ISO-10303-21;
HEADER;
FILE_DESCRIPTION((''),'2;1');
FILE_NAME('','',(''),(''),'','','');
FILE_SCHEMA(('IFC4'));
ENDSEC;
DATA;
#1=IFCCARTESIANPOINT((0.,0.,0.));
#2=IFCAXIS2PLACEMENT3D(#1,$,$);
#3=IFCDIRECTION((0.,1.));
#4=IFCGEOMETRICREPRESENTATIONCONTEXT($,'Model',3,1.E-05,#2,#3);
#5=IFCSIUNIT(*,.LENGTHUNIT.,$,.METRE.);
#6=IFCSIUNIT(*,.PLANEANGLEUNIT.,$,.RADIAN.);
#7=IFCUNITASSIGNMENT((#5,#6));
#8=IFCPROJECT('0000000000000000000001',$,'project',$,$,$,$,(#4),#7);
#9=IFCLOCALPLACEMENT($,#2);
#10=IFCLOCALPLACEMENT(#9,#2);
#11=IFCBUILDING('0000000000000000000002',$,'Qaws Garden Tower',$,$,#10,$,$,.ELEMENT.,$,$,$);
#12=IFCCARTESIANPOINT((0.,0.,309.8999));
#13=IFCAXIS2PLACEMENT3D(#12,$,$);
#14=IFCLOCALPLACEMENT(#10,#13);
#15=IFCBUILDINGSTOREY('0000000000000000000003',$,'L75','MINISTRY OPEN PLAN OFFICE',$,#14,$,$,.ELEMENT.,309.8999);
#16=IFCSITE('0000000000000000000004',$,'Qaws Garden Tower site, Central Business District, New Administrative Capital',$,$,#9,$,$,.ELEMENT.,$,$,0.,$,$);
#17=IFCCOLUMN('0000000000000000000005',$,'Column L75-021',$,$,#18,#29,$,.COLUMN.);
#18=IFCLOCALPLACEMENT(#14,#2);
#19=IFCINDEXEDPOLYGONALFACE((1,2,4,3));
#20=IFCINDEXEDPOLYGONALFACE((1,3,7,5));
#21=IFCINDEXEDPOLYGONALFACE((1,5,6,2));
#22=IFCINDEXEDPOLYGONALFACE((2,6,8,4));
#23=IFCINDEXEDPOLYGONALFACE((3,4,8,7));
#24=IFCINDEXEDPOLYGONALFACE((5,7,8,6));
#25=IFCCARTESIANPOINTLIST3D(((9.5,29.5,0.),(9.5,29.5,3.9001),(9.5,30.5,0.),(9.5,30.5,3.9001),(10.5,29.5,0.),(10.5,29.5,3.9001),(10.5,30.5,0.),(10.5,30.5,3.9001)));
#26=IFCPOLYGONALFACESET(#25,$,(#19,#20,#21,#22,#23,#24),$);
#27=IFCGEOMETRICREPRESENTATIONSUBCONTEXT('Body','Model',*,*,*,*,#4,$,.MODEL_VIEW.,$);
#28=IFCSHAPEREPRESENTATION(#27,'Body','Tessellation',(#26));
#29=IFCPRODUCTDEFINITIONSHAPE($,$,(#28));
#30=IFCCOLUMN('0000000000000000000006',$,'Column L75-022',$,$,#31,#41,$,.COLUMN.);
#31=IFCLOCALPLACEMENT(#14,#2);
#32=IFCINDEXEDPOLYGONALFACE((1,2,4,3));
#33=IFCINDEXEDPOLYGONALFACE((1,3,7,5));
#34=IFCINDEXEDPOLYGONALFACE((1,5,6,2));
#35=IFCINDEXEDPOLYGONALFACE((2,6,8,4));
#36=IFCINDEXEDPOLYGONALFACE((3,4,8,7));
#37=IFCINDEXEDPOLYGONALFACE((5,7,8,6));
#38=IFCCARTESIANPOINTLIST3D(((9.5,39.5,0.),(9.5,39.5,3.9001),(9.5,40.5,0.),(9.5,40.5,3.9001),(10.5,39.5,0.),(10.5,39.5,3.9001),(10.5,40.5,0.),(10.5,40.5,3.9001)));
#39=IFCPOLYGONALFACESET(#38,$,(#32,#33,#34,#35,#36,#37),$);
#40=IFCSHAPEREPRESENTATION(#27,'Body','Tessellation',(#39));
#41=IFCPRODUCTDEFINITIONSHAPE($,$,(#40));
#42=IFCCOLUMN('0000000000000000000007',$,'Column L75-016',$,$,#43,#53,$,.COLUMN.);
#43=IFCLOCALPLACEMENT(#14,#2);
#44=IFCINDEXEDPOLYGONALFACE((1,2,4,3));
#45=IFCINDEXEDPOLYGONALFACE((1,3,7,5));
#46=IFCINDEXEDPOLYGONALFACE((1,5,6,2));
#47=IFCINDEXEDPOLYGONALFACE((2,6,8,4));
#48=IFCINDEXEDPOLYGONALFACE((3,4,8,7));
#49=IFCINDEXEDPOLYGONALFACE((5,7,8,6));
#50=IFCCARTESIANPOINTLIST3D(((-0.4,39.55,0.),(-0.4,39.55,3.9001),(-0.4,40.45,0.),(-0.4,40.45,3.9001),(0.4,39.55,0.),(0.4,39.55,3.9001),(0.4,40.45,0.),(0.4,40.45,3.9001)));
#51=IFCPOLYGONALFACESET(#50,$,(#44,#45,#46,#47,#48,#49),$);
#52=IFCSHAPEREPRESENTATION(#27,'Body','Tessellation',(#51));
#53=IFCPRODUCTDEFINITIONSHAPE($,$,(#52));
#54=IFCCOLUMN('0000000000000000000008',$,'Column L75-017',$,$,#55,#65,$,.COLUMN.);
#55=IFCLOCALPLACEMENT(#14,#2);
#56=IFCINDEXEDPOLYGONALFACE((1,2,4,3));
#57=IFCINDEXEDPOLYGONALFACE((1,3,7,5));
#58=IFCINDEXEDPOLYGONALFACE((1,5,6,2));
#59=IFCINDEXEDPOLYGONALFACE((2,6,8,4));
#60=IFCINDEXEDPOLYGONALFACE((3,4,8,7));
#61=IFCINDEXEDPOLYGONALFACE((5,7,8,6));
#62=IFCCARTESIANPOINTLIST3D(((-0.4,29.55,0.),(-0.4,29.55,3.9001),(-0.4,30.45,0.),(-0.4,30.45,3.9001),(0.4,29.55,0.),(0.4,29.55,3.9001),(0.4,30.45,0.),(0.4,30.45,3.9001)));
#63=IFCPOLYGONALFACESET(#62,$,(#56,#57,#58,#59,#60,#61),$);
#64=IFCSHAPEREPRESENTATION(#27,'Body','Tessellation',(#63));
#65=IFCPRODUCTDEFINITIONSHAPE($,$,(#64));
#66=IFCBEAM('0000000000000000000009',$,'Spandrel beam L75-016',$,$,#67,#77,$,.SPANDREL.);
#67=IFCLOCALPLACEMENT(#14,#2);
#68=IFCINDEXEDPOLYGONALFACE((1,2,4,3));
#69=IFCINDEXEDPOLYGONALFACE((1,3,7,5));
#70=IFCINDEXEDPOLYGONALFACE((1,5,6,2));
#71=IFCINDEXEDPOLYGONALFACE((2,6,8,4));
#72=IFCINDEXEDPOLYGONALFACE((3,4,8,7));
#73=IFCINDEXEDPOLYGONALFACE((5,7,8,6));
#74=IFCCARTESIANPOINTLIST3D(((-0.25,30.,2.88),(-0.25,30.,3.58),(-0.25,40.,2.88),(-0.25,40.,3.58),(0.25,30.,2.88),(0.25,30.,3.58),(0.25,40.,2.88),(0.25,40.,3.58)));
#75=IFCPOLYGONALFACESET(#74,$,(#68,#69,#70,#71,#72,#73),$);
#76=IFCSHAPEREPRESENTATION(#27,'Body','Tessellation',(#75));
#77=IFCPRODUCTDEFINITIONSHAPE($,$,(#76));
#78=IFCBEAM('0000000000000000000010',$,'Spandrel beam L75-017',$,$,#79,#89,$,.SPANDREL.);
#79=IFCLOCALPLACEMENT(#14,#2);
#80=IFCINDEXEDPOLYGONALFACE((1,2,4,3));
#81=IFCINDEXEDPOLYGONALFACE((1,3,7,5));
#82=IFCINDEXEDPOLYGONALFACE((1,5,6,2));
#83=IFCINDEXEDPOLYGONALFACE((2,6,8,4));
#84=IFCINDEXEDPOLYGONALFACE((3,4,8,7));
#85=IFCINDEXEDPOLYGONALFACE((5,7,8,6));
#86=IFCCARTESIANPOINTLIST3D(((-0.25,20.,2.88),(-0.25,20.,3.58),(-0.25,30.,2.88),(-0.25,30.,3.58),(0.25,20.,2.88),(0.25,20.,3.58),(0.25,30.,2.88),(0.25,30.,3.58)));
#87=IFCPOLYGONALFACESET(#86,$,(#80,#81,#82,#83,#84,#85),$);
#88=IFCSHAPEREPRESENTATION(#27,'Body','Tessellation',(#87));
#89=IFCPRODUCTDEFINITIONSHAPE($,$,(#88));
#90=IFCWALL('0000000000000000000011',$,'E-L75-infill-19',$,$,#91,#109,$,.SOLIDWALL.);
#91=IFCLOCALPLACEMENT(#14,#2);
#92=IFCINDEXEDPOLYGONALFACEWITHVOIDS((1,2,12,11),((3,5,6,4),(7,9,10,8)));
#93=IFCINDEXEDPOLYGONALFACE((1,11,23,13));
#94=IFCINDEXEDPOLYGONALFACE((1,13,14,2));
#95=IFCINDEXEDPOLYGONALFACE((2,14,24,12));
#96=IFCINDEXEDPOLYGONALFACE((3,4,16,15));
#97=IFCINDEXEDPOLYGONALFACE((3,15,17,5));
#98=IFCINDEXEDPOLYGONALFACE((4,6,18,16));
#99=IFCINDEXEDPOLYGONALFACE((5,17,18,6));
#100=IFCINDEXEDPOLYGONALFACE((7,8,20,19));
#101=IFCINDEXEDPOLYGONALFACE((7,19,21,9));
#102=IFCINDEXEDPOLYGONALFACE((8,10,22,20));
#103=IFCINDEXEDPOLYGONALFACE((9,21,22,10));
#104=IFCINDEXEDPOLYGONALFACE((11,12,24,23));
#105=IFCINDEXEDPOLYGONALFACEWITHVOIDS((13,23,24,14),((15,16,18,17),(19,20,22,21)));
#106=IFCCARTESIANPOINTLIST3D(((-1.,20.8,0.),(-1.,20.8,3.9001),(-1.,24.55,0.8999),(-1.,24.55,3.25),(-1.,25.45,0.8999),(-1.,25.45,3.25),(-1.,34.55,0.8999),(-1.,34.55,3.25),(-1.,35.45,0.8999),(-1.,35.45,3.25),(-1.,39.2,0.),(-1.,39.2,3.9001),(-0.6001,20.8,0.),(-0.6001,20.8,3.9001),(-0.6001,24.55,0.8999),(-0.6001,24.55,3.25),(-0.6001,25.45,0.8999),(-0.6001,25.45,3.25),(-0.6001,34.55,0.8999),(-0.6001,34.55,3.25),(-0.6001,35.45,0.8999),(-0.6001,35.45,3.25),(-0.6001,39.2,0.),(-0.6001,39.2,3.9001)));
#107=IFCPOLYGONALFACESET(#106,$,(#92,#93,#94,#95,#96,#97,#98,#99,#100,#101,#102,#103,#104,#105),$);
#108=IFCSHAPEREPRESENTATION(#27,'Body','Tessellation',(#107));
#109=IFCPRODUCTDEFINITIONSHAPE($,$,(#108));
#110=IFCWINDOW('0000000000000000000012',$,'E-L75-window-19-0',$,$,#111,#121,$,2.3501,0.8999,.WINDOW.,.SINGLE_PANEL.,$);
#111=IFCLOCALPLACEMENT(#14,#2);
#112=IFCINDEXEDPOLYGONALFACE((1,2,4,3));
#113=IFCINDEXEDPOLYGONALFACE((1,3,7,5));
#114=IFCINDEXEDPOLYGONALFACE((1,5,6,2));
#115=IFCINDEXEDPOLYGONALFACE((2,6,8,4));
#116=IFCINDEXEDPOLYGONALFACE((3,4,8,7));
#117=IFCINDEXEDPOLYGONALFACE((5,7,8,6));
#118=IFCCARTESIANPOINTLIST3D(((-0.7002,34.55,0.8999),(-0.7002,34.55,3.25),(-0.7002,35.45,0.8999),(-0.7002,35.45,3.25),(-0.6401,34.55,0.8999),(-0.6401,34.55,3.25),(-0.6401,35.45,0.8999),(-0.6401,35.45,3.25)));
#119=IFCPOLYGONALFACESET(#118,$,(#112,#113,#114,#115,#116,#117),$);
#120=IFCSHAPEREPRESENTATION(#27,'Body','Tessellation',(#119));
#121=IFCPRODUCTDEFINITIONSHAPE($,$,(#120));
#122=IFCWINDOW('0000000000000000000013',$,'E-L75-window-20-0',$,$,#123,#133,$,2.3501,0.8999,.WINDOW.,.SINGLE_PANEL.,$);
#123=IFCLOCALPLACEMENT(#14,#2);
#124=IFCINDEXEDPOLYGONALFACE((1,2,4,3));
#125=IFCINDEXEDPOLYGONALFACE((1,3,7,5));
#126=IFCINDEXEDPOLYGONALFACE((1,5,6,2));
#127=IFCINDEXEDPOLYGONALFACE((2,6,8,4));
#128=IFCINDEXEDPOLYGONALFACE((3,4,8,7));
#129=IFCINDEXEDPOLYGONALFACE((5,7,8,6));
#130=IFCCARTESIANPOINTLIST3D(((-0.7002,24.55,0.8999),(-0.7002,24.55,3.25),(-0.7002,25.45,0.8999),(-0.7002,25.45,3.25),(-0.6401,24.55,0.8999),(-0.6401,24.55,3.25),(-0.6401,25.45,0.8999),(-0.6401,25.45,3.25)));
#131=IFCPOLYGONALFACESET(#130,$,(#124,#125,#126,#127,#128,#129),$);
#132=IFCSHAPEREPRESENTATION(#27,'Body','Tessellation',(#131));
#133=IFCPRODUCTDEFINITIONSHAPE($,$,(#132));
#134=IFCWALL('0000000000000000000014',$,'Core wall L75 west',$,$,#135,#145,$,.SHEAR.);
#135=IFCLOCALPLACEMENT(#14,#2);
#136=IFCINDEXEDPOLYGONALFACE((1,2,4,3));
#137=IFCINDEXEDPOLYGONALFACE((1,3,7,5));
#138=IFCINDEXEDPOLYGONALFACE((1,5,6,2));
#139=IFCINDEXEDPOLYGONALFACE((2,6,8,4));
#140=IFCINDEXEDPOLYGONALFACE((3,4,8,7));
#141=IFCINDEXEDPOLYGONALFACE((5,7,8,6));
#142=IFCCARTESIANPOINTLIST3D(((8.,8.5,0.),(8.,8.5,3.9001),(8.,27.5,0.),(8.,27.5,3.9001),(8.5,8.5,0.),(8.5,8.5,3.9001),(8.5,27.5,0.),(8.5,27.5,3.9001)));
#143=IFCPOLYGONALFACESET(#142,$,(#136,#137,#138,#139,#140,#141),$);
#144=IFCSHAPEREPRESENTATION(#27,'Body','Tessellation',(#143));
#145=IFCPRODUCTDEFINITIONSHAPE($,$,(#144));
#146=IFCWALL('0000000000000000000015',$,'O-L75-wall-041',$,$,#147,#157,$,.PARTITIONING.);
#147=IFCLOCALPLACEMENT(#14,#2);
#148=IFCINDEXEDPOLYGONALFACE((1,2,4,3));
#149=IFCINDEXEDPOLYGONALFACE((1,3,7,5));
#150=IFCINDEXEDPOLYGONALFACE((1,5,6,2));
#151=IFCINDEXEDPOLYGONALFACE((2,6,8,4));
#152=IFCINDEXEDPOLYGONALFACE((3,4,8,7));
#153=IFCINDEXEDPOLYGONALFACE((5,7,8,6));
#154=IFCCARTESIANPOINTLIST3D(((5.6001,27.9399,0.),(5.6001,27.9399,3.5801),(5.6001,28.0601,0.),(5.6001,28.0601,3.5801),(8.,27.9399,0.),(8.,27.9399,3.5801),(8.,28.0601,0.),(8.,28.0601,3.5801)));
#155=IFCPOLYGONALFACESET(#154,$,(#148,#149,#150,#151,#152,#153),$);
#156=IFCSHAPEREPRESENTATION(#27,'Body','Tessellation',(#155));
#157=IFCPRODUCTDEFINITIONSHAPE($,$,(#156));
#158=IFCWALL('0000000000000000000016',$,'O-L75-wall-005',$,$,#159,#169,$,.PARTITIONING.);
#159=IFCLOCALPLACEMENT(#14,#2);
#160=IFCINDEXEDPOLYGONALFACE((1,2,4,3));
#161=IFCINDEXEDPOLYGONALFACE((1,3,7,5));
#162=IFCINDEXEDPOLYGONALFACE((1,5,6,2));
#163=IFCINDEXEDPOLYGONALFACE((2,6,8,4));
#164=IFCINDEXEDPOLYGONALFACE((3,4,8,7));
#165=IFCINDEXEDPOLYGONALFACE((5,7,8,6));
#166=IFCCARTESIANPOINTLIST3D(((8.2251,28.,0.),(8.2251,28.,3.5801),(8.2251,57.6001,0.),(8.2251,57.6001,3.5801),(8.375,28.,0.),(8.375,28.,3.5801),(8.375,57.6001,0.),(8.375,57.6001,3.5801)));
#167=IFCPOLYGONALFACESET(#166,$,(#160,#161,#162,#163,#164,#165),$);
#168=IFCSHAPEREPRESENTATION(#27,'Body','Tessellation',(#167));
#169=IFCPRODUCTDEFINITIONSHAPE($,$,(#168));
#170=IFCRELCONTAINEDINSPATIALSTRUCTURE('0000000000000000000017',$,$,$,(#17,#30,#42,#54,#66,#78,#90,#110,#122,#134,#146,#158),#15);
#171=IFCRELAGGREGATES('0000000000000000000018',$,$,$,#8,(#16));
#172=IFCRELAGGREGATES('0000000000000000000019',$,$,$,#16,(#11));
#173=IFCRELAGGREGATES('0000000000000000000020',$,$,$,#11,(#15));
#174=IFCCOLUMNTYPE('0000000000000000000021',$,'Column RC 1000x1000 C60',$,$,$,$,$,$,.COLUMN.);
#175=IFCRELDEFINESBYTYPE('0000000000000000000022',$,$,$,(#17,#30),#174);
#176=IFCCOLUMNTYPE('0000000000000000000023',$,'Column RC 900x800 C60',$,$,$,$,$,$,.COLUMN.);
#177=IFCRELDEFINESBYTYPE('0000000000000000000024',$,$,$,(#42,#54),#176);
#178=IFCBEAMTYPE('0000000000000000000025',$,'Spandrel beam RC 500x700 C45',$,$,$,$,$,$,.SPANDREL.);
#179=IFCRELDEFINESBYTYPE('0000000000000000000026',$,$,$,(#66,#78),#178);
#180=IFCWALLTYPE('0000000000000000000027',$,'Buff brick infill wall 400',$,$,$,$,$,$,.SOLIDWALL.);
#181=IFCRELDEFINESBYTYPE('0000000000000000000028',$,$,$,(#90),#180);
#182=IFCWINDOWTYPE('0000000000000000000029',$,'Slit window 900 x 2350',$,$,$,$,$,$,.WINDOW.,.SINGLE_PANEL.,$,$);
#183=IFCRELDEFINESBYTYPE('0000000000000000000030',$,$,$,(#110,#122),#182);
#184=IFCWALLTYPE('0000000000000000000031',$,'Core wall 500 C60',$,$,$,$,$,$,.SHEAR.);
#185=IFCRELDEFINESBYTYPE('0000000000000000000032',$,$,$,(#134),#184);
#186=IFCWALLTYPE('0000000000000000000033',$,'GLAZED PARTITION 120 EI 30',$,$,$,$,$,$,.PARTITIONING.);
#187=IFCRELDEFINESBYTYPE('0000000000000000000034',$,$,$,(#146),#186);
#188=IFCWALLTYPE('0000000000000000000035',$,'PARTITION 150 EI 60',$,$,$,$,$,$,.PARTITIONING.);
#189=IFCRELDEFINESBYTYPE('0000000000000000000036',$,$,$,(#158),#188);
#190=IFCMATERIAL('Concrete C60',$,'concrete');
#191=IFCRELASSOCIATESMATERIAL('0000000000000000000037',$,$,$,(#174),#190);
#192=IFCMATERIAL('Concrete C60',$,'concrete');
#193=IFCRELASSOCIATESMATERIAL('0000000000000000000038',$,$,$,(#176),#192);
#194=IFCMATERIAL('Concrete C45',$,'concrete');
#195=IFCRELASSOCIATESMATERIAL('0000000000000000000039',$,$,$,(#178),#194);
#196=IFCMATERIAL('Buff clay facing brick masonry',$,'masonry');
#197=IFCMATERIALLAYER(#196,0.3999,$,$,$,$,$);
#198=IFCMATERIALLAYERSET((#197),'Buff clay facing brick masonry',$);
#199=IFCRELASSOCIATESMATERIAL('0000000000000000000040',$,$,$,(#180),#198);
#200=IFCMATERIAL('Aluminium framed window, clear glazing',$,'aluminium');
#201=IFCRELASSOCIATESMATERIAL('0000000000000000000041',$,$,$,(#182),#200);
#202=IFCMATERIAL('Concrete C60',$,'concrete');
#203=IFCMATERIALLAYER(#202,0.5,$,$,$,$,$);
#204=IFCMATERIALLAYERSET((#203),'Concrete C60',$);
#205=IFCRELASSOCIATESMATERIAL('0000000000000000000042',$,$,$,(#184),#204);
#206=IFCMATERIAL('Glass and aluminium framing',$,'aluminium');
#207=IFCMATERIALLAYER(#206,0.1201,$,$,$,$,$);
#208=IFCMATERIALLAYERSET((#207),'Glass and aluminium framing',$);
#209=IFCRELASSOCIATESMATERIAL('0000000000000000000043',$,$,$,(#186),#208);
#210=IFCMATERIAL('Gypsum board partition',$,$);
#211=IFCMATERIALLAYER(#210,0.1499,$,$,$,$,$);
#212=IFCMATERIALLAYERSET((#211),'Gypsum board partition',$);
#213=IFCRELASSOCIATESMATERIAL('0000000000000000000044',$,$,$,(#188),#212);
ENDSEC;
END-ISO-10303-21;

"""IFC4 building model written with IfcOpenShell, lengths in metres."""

from ifc_helpers import new_model, si_unit, direction, frame, frame_2d, origin, origin_2d, place, context, subcontext, project, spatial, rectangle, extrude, material, layer, layer_set, material_profile, profile_set, type_object, element, fill, save


model = new_model("IFC4")

# Units and contexts
model_context = context("Model", 3, precision=1e-05, world=origin(), true_north=direction((0.0, 1.0)))
body_context = subcontext(model_context, "Body", "Model", "MODEL_VIEW")
ifc_project = project(units=[si_unit("LENGTHUNIT", "METRE"), si_unit("PLANEANGLEUNIT", "RADIAN")], contexts=[model_context])

# Site, building, storey
site_placement = place(None, origin())
site = spatial("IfcSite", under=ifc_project, at=site_placement, Name="Qaws Garden Tower site, Central Business District, New Administrative Capital", CompositionType="ELEMENT", RefElevation=0.0)
building_placement = place(site_placement, origin())
building = spatial("IfcBuilding", under=site, at=building_placement, Name="Qaws Garden Tower", CompositionType="ELEMENT")
storey_placement = place(building_placement, frame((0.0, 0.0, 309.8999)))
storey = spatial("IfcBuildingStorey", under=building, at=storey_placement, Name="L75", Description="MINISTRY OPEN PLAN OFFICE", CompositionType="ELEMENT", Elevation=309.8999)

# Columns
ifc_material_1 = material(Name="Concrete C60", Category="concrete")
ifc_material_profile_1 = material_profile(ifc_material_1, rectangle(XDim=1.0, YDim=1.0, at=origin_2d()), Name="RC 1000x1000")
ifc_profile_set_1 = profile_set([ifc_material_profile_1], Name="Concrete C60")
column_type_1 = type_object("IfcColumnType", Name="Column RC 1000x1000 C60", PredefinedType="COLUMN", material=ifc_profile_set_1)
for number, where, z_axis, x_axis, name in (
    (1, (10.0, 30.0, 0.0), (0.0, 0.0, 1.0), (1.0, 0.0, 0.0), "Column L75-021"),
    (2, (10.0, 40.0, 0.0), (0.0, 0.0, 1.0), (1.0, 0.0, 0.0), "Column L75-022"),
):
    element("IfcColumn", number, at=place(storey_placement, frame(where, z_axis=z_axis, x_axis=x_axis)), inside=storey, type_object=column_type_1, Name=name, PredefinedType="COLUMN", context=body_context, shape_type="SweptSolid", body=[
        extrude(rectangle(XDim=1.0, YDim=1.0, at=origin_2d()), origin(), (0.0, 0.0, 1.0), 3.9001),
    ])
ifc_material_2 = material(Name="Concrete C60", Category="concrete")
ifc_material_profile_2 = material_profile(ifc_material_2, rectangle(XDim=0.8999, YDim=0.8, at=origin_2d()), Name="RC 900x800")
ifc_profile_set_2 = profile_set([ifc_material_profile_2], Name="Concrete C60")
column_type_2 = type_object("IfcColumnType", Name="Column RC 900x800 C60", PredefinedType="COLUMN", material=ifc_profile_set_2)
for number, where, z_axis, x_axis, name in (
    (3, (0.0, 40.0, 0.0), (0.0, 0.0, 1.0), (0.0, 1.0, 0.0), "Column L75-016"),
    (4, (0.0, 30.0, 0.0), (0.0, 0.0, 1.0), (0.0, 1.0, 0.0), "Column L75-017"),
):
    element("IfcColumn", number, at=place(storey_placement, frame(where, z_axis=z_axis, x_axis=x_axis)), inside=storey, type_object=column_type_2, Name=name, PredefinedType="COLUMN", context=body_context, shape_type="SweptSolid", body=[
        extrude(rectangle(XDim=0.8999, YDim=0.8, at=origin_2d()), origin(), (0.0, 0.0, 1.0), 3.9001),
    ])

# Beams
ifc_material_3 = material(Name="Concrete C45", Category="concrete")
ifc_material_profile_3 = material_profile(ifc_material_3, rectangle(XDim=0.5, YDim=0.7, at=origin_2d()), Name="RC 500x700")
ifc_profile_set_3 = profile_set([ifc_material_profile_3], Name="Concrete C45")
beam_type = type_object("IfcBeamType", Name="Spandrel beam RC 500x700 C45", PredefinedType="SPANDREL", material=ifc_profile_set_3)
for number, where, z_axis, x_axis, name in (
    (5, (0.0, 40.0, 3.23), (0.0, -1.0, 0.0), (1.0, 0.0, 0.0), "Spandrel beam L75-016"),
    (6, (0.0, 30.0, 3.23), (0.0, -1.0, 0.0), (1.0, 0.0, 0.0), "Spandrel beam L75-017"),
):
    element("IfcBeam", number, at=place(storey_placement, frame(where, z_axis=z_axis, x_axis=x_axis)), inside=storey, type_object=beam_type, Name=name, PredefinedType="SPANDREL", context=body_context, shape_type="SweptSolid", body=[
        extrude(rectangle(XDim=0.5, YDim=0.7, at=origin_2d()), origin(), (0.0, 0.0, 1.0), 10.0),
    ])

# Wall, openings, windows
ifc_material_4 = material(Name="Buff clay facing brick masonry", Category="masonry")
ifc_layer_1 = layer(ifc_material_4, 0.3999)
ifc_layer_set_1 = layer_set([ifc_layer_1], Name="Buff clay facing brick masonry")
wall_type_1 = type_object("IfcWallType", Name="Buff brick infill wall 400", PredefinedType="SOLIDWALL", material=ifc_layer_set_1)
wall_1_placement = place(storey_placement, frame((-0.8, 39.2, 0.0), z_axis=(0.0, 0.0, 1.0), x_axis=(0.0, -1.0, 0.0)))
wall_1 = element("IfcWall", 7, at=wall_1_placement, inside=storey, type_object=wall_type_1, Name="E-L75-infill-19", PredefinedType="SOLIDWALL", context=body_context, shape_type="SweptSolid", body=[
    extrude(rectangle(XDim=18.3999, YDim=0.3999, at=frame_2d((9.2, 0.0))), origin(), (0.0, 0.0, 1.0), 3.9001),
])
opening_1_placement = place(wall_1_placement, frame((3.75, 0.0, 0.8999)))
opening_1 = element("IfcOpeningElement", 8, at=opening_1_placement, cuts=wall_1, PredefinedType="OPENING", context=body_context, shape_type="SweptSolid", body=[
    extrude(rectangle(XDim=0.8999, YDim=2.3501, at=frame_2d((0.45, 1.175))), frame((0.0, 0.21, 0.0), z_axis=(0.0, -1.0, 0.0), x_axis=(1.0, 0.0, 0.0)), (0.0, 0.0, 1.0), 0.4199),
])
opening_2_placement = place(wall_1_placement, frame((13.75, 0.0, 0.8999)))
opening_2 = element("IfcOpeningElement", 9, at=opening_2_placement, cuts=wall_1, PredefinedType="OPENING", context=body_context, shape_type="SweptSolid", body=[
    extrude(rectangle(XDim=0.8999, YDim=2.3501, at=frame_2d((0.45, 1.175))), frame((0.0, 0.21, 0.0), z_axis=(0.0, -1.0, 0.0), x_axis=(1.0, 0.0, 0.0)), (0.0, 0.0, 1.0), 0.4199),
])
ifc_material_5 = material(Name="Aluminium framed window, clear glazing", Category="aluminium")
window_type = type_object("IfcWindowType", Name="Slit window 900 x 2350", PartitioningType="SINGLE_PANEL", PredefinedType="WINDOW", material=ifc_material_5)
window_1_placement = place(opening_1_placement, origin())
window_1 = element("IfcWindow", 10, at=window_1_placement, inside=storey, type_object=window_type, Name="E-L75-window-19-0", OverallHeight=2.3501, OverallWidth=0.8999, PartitioningType="SINGLE_PANEL", PredefinedType="WINDOW", context=body_context, shape_type="SweptSolid", body=[
    extrude(rectangle(XDim=0.8999, YDim=2.3501, at=frame_2d((0.45, 1.175))), frame((0.0, 0.1599, 0.0), z_axis=(0.0, -1.0, 0.0), x_axis=(1.0, 0.0, 0.0)), (0.0, 0.0, 1.0), 0.0601),
])
fill(opening_1, window_1)
window_2_placement = place(opening_2_placement, origin())
window_2 = element("IfcWindow", 11, at=window_2_placement, inside=storey, type_object=window_type, Name="E-L75-window-20-0", OverallHeight=2.3501, OverallWidth=0.8999, PartitioningType="SINGLE_PANEL", PredefinedType="WINDOW", context=body_context, shape_type="SweptSolid", body=[
    extrude(rectangle(XDim=0.8999, YDim=2.3501, at=frame_2d((0.45, 1.175))), frame((0.0, 0.1599, 0.0), z_axis=(0.0, -1.0, 0.0), x_axis=(1.0, 0.0, 0.0)), (0.0, 0.0, 1.0), 0.0601),
])
fill(opening_2, window_2)

# Walls
ifc_material_6 = material(Name="Concrete C60", Category="concrete")
ifc_layer_2 = layer(ifc_material_6, 0.5)
ifc_layer_set_2 = layer_set([ifc_layer_2], Name="Concrete C60")
wall_type_2 = type_object("IfcWallType", Name="Core wall 500 C60", PredefinedType="SHEAR", material=ifc_layer_set_2)
wall_2_placement = place(storey_placement, frame((8.25, 27.5, 0.0), z_axis=(0.0, 0.0, 1.0), x_axis=(0.0, -1.0, 0.0)))
element("IfcWall", 12, at=wall_2_placement, inside=storey, type_object=wall_type_2, Name="Core wall L75 west", PredefinedType="SHEAR", context=body_context, shape_type="SweptSolid", body=[
    extrude(rectangle(XDim=19.0, YDim=0.5, at=frame_2d((9.5, 0.0))), origin(), (0.0, 0.0, 1.0), 3.9001),
])
ifc_material_7 = material(Name="Glass and aluminium framing", Category="aluminium")
ifc_layer_3 = layer(ifc_material_7, 0.1201)
ifc_layer_set_3 = layer_set([ifc_layer_3], Name="Glass and aluminium framing")
wall_type_3 = type_object("IfcWallType", Name="GLAZED PARTITION 120 EI 30", PredefinedType="PARTITIONING", material=ifc_layer_set_3)
wall_3_placement = place(storey_placement, frame((5.6001, 28.0, 0.0), z_axis=(0.0, 0.0, 1.0), x_axis=(1.0, 0.0, 0.0)))
element("IfcWall", 13, at=wall_3_placement, inside=storey, type_object=wall_type_3, Name="O-L75-wall-041", PredefinedType="PARTITIONING", context=body_context, shape_type="SweptSolid", body=[
    extrude(rectangle(XDim=2.3999, YDim=0.1201, at=frame_2d((1.2, 0.0))), origin(), (0.0, 0.0, 1.0), 3.5801),
])
ifc_material_8 = material(Name="Gypsum board partition")
ifc_layer_4 = layer(ifc_material_8, 0.1499)
ifc_layer_set_4 = layer_set([ifc_layer_4], Name="Gypsum board partition")
wall_type_4 = type_object("IfcWallType", Name="PARTITION 150 EI 60", PredefinedType="PARTITIONING", material=ifc_layer_set_4)
wall_4_placement = place(storey_placement, frame((8.3, 28.0, 0.0), z_axis=(0.0, 0.0, 1.0), x_axis=(0.0, 1.0, 0.0)))
element("IfcWall", 14, at=wall_4_placement, inside=storey, type_object=wall_type_4, Name="O-L75-wall-005", PredefinedType="PARTITIONING", context=body_context, shape_type="SweptSolid", body=[
    extrude(rectangle(XDim=29.6001, YDim=0.1499, at=frame_2d((14.8, 0.0))), origin(), (0.0, 0.0, 1.0), 3.5801),
])

save(model, "model.ifc")
